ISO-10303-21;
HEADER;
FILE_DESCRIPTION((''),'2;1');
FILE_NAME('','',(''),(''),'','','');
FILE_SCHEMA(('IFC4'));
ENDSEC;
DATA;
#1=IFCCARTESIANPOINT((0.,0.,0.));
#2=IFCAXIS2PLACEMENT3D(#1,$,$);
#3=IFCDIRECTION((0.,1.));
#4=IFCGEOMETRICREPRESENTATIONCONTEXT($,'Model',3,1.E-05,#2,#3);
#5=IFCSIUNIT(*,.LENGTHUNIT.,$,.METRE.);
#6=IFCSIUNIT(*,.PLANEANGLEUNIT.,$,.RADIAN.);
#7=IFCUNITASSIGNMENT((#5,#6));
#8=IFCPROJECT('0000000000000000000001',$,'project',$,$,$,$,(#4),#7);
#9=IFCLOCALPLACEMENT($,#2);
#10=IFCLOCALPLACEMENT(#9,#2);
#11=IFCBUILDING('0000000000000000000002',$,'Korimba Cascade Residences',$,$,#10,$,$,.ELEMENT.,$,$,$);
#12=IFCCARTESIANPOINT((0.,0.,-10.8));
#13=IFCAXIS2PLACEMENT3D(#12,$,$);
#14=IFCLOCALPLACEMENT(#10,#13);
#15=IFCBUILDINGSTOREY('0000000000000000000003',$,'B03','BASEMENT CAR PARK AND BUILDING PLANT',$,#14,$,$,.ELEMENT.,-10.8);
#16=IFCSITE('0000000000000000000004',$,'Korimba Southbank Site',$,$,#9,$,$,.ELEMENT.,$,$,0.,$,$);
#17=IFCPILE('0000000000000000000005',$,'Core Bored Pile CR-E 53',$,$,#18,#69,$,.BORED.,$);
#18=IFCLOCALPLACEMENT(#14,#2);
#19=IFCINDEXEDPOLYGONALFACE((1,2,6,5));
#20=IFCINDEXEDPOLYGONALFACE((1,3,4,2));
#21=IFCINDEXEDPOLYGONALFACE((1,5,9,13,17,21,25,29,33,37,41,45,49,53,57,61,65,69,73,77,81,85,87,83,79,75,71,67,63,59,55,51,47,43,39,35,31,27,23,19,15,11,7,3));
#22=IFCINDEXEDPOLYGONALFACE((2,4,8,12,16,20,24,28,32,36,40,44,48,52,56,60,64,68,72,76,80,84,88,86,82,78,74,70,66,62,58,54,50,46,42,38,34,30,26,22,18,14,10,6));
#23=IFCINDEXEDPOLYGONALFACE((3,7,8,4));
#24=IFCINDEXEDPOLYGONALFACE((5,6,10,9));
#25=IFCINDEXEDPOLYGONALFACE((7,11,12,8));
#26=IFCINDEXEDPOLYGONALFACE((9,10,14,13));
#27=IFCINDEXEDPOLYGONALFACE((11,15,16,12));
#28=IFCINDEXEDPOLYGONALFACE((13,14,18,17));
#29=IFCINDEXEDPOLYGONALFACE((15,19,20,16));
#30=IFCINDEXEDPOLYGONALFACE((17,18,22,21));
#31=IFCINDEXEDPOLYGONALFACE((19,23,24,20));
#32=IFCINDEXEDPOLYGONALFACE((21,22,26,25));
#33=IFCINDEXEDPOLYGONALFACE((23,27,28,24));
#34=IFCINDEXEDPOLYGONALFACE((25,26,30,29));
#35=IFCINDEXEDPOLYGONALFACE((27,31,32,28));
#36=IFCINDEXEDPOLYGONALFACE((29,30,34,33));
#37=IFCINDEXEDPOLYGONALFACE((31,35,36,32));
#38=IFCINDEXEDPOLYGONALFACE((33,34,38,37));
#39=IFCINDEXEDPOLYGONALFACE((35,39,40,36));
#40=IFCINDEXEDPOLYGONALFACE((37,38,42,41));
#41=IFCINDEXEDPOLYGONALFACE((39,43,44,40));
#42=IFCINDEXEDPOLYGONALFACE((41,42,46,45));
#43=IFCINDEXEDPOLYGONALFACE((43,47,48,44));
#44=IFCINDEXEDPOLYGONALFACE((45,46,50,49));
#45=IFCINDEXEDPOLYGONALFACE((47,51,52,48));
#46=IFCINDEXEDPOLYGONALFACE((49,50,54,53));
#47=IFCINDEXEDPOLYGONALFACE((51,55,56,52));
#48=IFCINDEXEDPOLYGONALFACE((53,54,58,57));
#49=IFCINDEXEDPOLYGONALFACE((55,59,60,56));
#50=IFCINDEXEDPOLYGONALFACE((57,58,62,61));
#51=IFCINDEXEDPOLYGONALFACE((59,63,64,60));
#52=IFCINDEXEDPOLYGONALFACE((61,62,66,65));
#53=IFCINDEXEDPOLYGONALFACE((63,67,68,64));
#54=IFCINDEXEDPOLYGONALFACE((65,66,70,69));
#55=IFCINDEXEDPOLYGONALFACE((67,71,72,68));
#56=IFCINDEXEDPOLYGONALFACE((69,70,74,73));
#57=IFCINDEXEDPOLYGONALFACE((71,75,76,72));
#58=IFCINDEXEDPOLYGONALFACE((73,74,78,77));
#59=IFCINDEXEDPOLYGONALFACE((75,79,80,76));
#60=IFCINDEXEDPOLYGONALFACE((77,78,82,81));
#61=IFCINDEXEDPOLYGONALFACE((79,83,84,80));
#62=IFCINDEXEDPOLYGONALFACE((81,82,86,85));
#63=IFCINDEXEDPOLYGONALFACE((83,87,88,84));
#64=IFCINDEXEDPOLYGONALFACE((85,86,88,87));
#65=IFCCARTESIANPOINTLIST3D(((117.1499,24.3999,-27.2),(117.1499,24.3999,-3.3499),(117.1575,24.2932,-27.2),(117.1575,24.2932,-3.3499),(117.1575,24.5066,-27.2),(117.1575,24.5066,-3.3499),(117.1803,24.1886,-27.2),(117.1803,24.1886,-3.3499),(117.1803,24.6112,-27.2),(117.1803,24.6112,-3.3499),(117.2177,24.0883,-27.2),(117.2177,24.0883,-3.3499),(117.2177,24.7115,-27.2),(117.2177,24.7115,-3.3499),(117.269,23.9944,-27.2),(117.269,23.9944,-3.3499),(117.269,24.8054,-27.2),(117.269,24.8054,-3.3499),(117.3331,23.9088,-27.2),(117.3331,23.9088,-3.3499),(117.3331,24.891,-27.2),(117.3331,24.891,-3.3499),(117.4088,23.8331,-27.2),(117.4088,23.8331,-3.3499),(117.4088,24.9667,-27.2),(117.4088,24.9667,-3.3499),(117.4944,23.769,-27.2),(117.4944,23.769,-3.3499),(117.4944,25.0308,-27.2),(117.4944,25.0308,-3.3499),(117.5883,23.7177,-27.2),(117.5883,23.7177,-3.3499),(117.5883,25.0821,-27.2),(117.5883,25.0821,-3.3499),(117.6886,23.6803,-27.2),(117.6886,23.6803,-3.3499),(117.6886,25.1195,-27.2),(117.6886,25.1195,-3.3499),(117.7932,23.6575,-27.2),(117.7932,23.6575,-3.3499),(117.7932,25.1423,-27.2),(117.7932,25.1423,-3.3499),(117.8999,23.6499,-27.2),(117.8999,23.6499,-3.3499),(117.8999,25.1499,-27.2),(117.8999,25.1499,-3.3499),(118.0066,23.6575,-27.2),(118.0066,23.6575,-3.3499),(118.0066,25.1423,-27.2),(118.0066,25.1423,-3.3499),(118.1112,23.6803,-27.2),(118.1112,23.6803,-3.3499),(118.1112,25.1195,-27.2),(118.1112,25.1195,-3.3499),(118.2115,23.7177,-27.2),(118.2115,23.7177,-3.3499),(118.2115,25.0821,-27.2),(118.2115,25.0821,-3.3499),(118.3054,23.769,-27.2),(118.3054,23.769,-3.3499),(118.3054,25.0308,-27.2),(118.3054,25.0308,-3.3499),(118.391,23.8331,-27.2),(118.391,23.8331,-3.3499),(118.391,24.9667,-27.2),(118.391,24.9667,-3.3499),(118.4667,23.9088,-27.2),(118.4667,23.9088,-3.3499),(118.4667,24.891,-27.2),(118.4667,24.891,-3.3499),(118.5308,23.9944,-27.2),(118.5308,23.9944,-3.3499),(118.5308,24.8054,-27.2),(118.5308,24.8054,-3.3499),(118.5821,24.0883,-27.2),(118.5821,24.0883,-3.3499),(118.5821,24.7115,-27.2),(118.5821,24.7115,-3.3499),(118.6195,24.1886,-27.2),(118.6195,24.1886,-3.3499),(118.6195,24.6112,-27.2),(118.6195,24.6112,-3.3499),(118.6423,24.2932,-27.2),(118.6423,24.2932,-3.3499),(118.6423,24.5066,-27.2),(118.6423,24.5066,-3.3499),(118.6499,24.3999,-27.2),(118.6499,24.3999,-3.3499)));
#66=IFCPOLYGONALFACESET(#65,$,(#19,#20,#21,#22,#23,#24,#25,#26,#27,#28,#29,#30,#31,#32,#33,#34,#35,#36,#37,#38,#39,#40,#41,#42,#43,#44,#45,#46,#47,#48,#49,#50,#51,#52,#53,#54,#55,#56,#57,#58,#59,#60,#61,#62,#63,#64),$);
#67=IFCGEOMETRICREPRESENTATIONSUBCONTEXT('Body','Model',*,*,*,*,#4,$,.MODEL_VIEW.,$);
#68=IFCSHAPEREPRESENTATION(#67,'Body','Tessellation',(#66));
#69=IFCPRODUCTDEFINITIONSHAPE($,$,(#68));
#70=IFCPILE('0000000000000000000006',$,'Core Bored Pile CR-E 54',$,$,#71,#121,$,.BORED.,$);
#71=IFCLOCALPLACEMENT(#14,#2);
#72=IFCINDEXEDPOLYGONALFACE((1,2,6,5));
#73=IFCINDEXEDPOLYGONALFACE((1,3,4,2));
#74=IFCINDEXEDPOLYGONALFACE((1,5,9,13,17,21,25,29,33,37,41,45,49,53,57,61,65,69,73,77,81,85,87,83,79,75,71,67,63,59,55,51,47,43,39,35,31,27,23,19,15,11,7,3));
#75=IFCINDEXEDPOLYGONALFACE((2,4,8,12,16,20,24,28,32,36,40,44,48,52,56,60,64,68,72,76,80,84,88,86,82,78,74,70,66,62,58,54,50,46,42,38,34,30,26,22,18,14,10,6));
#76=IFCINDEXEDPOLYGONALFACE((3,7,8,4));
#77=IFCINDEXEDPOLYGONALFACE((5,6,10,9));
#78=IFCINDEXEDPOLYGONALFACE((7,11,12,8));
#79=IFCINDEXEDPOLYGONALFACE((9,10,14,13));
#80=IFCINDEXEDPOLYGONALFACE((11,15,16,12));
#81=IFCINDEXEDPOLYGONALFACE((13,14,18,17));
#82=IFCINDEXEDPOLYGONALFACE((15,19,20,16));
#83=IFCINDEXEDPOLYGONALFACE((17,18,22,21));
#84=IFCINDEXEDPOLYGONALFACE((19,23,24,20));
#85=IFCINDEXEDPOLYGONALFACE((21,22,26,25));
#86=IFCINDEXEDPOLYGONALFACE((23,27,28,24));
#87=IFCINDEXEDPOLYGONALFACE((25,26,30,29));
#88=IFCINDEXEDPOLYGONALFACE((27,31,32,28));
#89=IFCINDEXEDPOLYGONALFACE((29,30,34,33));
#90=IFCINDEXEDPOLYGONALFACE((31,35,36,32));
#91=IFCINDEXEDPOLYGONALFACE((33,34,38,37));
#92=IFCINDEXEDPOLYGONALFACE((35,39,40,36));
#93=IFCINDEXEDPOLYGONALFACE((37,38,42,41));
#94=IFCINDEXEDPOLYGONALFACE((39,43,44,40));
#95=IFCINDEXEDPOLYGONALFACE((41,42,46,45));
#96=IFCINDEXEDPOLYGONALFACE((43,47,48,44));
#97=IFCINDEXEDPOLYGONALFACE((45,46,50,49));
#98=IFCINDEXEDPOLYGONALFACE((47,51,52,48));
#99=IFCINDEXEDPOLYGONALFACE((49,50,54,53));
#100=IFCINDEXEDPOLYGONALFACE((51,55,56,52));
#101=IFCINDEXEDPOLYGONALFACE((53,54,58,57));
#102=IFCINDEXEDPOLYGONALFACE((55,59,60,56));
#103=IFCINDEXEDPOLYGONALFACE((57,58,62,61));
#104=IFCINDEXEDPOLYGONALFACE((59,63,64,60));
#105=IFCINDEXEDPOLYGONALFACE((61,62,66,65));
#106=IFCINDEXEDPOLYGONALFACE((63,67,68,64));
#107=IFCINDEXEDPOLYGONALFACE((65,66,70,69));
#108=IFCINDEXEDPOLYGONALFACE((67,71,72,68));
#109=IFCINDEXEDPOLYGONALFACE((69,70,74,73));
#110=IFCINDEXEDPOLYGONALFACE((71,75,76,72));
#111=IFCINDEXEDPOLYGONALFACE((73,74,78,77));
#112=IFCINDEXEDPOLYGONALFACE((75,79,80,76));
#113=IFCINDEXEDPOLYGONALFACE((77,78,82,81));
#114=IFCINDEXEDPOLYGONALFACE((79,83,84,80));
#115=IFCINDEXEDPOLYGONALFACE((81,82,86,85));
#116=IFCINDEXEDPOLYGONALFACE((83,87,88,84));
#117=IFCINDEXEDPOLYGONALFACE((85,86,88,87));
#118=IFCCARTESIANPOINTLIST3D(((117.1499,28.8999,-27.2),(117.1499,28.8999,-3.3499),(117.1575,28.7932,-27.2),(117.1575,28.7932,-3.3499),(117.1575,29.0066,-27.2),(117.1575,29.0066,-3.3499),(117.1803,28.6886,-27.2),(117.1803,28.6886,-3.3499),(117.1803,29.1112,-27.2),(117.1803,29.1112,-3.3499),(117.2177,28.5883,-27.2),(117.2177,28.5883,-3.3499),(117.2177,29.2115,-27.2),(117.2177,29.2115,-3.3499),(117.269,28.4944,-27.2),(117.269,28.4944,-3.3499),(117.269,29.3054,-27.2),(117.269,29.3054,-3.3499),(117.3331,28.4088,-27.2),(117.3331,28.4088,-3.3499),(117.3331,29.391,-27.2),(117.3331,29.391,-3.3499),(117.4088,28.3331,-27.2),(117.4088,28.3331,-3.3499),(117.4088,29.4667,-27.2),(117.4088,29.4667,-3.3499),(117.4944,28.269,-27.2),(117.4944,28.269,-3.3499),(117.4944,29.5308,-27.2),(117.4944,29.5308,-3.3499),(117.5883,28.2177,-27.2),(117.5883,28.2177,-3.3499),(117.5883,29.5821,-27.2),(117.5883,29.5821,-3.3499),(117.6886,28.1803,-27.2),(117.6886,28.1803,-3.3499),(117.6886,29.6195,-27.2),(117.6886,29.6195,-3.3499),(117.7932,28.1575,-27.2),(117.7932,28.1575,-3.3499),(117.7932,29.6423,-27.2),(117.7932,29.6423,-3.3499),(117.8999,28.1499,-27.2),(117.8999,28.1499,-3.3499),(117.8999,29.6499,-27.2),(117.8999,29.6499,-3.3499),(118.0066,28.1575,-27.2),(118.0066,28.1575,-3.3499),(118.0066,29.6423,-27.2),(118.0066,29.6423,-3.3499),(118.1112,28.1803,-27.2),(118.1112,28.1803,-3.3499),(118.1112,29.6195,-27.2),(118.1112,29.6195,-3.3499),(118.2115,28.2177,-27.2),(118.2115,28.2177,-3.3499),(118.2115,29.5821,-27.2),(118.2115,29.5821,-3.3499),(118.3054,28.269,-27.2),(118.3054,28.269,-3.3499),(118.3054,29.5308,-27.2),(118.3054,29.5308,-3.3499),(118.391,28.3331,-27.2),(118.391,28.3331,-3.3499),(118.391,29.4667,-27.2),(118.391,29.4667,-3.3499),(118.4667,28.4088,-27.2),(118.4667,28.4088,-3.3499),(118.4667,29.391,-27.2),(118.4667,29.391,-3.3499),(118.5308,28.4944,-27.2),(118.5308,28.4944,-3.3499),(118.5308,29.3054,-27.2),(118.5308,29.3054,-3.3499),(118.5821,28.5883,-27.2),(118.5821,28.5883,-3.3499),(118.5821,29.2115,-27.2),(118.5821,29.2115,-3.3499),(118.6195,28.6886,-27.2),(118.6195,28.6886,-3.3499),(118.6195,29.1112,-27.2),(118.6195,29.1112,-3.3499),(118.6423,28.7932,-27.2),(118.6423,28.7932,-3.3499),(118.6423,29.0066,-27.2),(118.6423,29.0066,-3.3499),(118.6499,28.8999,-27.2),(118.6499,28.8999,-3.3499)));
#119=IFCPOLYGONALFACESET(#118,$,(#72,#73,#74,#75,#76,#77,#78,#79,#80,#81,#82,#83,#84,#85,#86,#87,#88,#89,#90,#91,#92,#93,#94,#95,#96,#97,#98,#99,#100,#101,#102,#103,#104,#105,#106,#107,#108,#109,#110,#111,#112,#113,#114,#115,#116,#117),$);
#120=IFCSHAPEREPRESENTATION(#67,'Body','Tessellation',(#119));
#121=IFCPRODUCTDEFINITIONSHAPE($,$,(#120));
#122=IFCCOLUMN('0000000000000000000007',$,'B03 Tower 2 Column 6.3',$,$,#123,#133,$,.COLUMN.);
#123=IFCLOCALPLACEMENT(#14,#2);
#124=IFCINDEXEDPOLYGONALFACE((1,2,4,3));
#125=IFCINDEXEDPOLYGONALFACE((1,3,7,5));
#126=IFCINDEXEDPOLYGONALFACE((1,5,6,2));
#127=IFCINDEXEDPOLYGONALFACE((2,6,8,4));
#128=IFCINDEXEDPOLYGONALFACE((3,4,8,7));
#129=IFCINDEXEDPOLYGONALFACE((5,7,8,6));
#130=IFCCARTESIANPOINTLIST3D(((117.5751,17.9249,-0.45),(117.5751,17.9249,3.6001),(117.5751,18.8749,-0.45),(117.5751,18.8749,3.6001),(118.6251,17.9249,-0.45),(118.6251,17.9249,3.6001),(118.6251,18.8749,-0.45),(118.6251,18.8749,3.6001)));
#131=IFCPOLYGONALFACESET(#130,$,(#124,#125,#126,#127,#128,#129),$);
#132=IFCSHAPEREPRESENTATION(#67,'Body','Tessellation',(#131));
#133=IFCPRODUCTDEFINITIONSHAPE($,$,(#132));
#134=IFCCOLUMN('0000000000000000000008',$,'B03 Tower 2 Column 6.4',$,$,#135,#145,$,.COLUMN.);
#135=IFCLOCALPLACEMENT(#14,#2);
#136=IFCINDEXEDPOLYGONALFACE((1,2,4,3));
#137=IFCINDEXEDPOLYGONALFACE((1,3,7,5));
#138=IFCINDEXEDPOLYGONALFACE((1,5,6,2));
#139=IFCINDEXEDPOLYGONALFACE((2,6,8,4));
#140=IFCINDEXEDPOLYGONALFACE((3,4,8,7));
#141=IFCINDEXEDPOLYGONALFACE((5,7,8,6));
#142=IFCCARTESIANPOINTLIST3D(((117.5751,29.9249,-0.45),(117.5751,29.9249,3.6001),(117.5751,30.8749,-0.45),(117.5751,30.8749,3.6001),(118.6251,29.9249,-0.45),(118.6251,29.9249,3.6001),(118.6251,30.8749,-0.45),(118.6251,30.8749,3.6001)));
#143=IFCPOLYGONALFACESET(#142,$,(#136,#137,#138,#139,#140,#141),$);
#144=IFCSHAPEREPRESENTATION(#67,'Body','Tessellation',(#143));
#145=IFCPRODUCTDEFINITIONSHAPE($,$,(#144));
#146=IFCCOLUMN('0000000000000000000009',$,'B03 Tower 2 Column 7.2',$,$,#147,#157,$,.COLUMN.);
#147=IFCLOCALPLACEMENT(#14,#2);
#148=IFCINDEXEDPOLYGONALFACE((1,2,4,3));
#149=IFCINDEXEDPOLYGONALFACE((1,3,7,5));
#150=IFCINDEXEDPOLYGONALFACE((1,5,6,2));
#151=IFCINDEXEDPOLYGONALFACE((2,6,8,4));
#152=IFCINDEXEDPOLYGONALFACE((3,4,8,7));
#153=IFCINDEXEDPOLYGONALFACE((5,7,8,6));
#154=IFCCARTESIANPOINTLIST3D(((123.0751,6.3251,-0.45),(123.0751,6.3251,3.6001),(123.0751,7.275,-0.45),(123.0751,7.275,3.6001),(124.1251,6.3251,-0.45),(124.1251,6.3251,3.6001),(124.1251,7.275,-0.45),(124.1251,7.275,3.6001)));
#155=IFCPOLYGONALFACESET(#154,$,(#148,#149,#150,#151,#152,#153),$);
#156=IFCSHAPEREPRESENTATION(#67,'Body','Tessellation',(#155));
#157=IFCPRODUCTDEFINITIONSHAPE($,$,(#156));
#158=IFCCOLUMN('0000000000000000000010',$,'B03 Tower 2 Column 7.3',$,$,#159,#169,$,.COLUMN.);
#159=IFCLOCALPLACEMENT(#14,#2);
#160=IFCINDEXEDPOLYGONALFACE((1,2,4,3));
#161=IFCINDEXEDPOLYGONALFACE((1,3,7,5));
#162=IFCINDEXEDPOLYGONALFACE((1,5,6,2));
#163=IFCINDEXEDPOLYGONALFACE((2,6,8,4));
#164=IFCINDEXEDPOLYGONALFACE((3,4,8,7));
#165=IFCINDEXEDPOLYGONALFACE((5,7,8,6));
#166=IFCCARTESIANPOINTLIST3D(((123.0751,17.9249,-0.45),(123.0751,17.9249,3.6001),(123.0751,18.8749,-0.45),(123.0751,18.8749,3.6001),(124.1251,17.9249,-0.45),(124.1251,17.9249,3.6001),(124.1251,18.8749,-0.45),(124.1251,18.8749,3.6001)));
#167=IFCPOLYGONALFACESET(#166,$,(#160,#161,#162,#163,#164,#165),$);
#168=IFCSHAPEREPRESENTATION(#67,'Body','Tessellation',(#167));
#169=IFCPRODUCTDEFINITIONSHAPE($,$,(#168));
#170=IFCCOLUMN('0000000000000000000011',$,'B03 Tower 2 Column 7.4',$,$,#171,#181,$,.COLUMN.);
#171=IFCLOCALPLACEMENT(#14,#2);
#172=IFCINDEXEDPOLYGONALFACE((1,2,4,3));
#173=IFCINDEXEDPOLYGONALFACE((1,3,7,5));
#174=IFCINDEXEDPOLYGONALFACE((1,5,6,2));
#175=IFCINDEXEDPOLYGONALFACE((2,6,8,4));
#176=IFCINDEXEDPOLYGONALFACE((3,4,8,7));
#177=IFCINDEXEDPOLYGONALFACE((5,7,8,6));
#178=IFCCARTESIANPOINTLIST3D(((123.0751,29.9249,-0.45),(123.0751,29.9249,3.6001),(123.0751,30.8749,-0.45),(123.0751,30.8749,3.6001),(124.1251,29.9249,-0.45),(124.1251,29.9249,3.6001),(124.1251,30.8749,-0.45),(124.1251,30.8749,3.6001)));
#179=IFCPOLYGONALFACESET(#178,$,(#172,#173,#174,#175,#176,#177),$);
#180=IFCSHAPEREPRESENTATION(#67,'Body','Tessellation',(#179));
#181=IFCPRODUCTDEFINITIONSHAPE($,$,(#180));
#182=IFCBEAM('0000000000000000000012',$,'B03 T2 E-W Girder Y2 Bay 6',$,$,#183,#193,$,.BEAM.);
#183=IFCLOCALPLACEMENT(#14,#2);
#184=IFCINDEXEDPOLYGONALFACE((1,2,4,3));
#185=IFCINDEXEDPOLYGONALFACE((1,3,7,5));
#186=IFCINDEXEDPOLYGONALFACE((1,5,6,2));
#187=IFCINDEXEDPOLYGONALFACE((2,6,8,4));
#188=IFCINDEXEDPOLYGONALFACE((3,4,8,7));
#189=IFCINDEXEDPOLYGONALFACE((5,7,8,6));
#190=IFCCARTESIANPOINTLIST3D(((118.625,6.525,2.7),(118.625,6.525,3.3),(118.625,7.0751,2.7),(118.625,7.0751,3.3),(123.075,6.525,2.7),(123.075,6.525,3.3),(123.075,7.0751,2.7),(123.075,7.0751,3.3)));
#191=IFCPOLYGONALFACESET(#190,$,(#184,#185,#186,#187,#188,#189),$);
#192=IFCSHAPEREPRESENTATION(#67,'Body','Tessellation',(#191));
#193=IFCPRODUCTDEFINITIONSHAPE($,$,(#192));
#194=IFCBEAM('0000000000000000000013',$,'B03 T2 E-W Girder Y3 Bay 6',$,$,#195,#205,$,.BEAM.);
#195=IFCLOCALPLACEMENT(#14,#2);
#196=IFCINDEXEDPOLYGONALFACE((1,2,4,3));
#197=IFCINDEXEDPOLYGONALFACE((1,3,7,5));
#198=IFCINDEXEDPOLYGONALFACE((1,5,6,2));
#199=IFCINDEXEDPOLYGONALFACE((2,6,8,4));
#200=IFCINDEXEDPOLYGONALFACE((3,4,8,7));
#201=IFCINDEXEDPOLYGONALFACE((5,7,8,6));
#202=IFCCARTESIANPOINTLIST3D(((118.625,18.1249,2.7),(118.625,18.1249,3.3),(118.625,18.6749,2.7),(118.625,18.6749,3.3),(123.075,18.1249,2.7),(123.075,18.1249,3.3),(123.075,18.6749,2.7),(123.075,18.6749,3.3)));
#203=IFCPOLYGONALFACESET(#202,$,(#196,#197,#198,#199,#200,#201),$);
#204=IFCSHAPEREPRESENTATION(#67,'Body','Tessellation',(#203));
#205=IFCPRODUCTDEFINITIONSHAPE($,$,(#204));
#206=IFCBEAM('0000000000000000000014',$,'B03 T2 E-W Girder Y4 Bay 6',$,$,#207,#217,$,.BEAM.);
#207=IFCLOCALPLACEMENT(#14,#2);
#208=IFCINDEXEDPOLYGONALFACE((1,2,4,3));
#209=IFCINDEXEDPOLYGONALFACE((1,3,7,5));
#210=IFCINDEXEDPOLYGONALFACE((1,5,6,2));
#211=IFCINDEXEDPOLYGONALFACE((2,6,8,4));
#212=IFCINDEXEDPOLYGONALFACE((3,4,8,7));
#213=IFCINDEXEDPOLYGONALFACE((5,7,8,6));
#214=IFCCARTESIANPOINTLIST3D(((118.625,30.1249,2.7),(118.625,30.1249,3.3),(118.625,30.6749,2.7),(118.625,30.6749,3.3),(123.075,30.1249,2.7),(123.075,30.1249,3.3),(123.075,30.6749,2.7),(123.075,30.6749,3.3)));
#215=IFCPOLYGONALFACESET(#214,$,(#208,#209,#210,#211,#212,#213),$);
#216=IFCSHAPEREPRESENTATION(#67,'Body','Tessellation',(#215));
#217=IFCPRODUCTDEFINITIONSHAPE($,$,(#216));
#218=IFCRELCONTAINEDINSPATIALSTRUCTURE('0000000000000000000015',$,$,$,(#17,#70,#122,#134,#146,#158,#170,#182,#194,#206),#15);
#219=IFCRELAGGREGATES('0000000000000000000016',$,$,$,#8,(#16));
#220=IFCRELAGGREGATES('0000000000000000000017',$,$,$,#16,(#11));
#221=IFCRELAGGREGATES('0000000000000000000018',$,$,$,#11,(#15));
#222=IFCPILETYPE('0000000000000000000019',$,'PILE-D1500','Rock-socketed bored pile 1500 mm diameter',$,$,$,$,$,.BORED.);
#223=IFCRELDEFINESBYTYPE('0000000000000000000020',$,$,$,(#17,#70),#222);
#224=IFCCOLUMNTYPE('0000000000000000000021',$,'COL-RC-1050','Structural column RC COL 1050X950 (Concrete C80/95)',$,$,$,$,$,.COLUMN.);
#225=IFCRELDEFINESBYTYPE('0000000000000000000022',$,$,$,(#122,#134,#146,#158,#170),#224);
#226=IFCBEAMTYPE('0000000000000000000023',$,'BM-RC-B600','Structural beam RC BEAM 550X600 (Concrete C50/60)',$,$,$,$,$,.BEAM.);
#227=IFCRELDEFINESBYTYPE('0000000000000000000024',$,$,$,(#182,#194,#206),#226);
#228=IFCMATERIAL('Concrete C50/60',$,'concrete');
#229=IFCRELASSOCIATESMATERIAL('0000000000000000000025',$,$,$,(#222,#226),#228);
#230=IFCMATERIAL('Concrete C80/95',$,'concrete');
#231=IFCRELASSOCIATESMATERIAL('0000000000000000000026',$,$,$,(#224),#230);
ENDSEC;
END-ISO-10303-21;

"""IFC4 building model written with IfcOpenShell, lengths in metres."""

from ifc_helpers import new_model, si_unit, direction, frame, origin, origin_2d, place, context, subcontext, project, spatial, rectangle, circle, extrude, material, material_profile, profile_set, type_object, element, save


model = new_model("IFC4")

# Units and contexts
model_context = context("Model", 3, precision=1e-05, world=origin(), true_north=direction((0.0, 1.0)))
body_context = subcontext(model_context, "Body", "Model", "MODEL_VIEW")
ifc_project = project(units=[si_unit("LENGTHUNIT", "METRE"), si_unit("PLANEANGLEUNIT", "RADIAN")], contexts=[model_context])

# Site, building, storey
site_placement = place(None, origin())
site = spatial("IfcSite", under=ifc_project, at=site_placement, Name="Korimba Southbank Site", CompositionType="ELEMENT", RefElevation=0.0)
building_placement = place(site_placement, origin())
building = spatial("IfcBuilding", under=site, at=building_placement, Name="Korimba Cascade Residences", CompositionType="ELEMENT")
storey_placement = place(building_placement, frame((0.0, 0.0, -10.8)))
storey = spatial("IfcBuildingStorey", under=building, at=storey_placement, Name="B03", Description="BASEMENT CAR PARK AND BUILDING PLANT", CompositionType="ELEMENT", Elevation=-10.8)

# Piles
ifc_material_1 = material(Name="Concrete C50/60", Category="concrete")
ifc_material_profile_1 = material_profile(ifc_material_1, circle(Radius=0.75, at=origin_2d()), Name="Concrete C50/60")
ifc_profile_set_1 = profile_set([ifc_material_profile_1], Name="Concrete C50/60")
pile_type_1 = type_object("IfcPileType", Name="PILE-D1500", Description="Rock-socketed bored pile 1500 mm diameter", PredefinedType="BORED", material=ifc_profile_set_1)
for number, where, z_axis, x_axis, name in (
    (1, (117.8999, 24.3999, -3.3499), (0.0, 0.0, -1.0), (1.0, 0.0, 0.0), "Core Bored Pile CR-E 53"),
    (2, (117.8999, 28.8999, -3.3499), (0.0, 0.0, -1.0), (1.0, 0.0, 0.0), "Core Bored Pile CR-E 54"),
):
    element("IfcPile", number, at=place(storey_placement, frame(where, z_axis=z_axis, x_axis=x_axis)), inside=storey, type_object=pile_type_1, Name=name, PredefinedType="BORED", context=body_context, shape_type="SweptSolid", body=[
        extrude(circle(Radius=0.75, at=origin_2d()), origin(), (0.0, 0.0, 1.0), 23.8501),
    ])

# Columns
ifc_material_2 = material(Name="Concrete C80/95", Category="concrete")
ifc_material_profile_2 = material_profile(ifc_material_2, rectangle(XDim=1.05, YDim=0.95, at=origin_2d()), Name="Concrete C80/95")
ifc_profile_set_2 = profile_set([ifc_material_profile_2], Name="Concrete C80/95")
column_type = type_object("IfcColumnType", Name="COL-RC-1050", Description="Structural column RC COL 1050X950 (Concrete C80/95)", PredefinedType="COLUMN", material=ifc_profile_set_2)
for number, where, z_axis, x_axis, name in (
    (3, (118.1001, 18.3999, -0.45), (0.0, 0.0, 1.0), (1.0, 0.0, 0.0), "B03 Tower 2 Column 6.3"),
    (4, (118.1001, 30.3999, -0.45), (0.0, 0.0, 1.0), (1.0, 0.0, 0.0), "B03 Tower 2 Column 6.4"),
    (5, (123.6001, 6.8, -0.45), (0.0, 0.0, 1.0), (1.0, 0.0, 0.0), "B03 Tower 2 Column 7.2"),
    (6, (123.6001, 18.3999, -0.45), (0.0, 0.0, 1.0), (1.0, 0.0, 0.0), "B03 Tower 2 Column 7.3"),
    (7, (123.6001, 30.3999, -0.45), (0.0, 0.0, 1.0), (1.0, 0.0, 0.0), "B03 Tower 2 Column 7.4"),
):
    element("IfcColumn", number, at=place(storey_placement, frame(where, z_axis=z_axis, x_axis=x_axis)), inside=storey, type_object=column_type, Name=name, PredefinedType="COLUMN", context=body_context, shape_type="SweptSolid", body=[
        extrude(rectangle(XDim=1.05, YDim=0.95, at=origin_2d()), origin(), (0.0, 0.0, 1.0), 4.05),
    ])

# Beams
ifc_material_profile_3 = material_profile(ifc_material_1, rectangle(XDim=0.55, YDim=0.6001, at=origin_2d()), Name="Concrete C50/60")
ifc_profile_set_3 = profile_set([ifc_material_profile_3], Name="Concrete C50/60")
beam_type_1 = type_object("IfcBeamType", Name="BM-RC-B600", Description="Structural beam RC BEAM 550X600 (Concrete C50/60)", PredefinedType="BEAM", material=ifc_profile_set_3)
for number, where, z_axis, x_axis, name in (
    (8, (118.625, 6.8, 3.0), (1.0, 0.0, 0.0), (0.0, 1.0, 0.0), "B03 T2 E-W Girder Y2 Bay 6"),
    (9, (118.625, 18.3999, 3.0), (1.0, 0.0, 0.0), (0.0, 1.0, 0.0), "B03 T2 E-W Girder Y3 Bay 6"),
    (10, (118.625, 30.3999, 3.0), (1.0, 0.0, 0.0), (0.0, 1.0, 0.0), "B03 T2 E-W Girder Y4 Bay 6"),
):
    element("IfcBeam", number, at=place(storey_placement, frame(where, z_axis=z_axis, x_axis=x_axis)), inside=storey, type_object=beam_type_1, Name=name, PredefinedType="BEAM", context=body_context, shape_type="SweptSolid", body=[
        extrude(rectangle(XDim=0.55, YDim=0.6001, at=origin_2d()), origin(), (0.0, 0.0, 1.0), 4.45),
    ])

save(model, "model.ifc")
